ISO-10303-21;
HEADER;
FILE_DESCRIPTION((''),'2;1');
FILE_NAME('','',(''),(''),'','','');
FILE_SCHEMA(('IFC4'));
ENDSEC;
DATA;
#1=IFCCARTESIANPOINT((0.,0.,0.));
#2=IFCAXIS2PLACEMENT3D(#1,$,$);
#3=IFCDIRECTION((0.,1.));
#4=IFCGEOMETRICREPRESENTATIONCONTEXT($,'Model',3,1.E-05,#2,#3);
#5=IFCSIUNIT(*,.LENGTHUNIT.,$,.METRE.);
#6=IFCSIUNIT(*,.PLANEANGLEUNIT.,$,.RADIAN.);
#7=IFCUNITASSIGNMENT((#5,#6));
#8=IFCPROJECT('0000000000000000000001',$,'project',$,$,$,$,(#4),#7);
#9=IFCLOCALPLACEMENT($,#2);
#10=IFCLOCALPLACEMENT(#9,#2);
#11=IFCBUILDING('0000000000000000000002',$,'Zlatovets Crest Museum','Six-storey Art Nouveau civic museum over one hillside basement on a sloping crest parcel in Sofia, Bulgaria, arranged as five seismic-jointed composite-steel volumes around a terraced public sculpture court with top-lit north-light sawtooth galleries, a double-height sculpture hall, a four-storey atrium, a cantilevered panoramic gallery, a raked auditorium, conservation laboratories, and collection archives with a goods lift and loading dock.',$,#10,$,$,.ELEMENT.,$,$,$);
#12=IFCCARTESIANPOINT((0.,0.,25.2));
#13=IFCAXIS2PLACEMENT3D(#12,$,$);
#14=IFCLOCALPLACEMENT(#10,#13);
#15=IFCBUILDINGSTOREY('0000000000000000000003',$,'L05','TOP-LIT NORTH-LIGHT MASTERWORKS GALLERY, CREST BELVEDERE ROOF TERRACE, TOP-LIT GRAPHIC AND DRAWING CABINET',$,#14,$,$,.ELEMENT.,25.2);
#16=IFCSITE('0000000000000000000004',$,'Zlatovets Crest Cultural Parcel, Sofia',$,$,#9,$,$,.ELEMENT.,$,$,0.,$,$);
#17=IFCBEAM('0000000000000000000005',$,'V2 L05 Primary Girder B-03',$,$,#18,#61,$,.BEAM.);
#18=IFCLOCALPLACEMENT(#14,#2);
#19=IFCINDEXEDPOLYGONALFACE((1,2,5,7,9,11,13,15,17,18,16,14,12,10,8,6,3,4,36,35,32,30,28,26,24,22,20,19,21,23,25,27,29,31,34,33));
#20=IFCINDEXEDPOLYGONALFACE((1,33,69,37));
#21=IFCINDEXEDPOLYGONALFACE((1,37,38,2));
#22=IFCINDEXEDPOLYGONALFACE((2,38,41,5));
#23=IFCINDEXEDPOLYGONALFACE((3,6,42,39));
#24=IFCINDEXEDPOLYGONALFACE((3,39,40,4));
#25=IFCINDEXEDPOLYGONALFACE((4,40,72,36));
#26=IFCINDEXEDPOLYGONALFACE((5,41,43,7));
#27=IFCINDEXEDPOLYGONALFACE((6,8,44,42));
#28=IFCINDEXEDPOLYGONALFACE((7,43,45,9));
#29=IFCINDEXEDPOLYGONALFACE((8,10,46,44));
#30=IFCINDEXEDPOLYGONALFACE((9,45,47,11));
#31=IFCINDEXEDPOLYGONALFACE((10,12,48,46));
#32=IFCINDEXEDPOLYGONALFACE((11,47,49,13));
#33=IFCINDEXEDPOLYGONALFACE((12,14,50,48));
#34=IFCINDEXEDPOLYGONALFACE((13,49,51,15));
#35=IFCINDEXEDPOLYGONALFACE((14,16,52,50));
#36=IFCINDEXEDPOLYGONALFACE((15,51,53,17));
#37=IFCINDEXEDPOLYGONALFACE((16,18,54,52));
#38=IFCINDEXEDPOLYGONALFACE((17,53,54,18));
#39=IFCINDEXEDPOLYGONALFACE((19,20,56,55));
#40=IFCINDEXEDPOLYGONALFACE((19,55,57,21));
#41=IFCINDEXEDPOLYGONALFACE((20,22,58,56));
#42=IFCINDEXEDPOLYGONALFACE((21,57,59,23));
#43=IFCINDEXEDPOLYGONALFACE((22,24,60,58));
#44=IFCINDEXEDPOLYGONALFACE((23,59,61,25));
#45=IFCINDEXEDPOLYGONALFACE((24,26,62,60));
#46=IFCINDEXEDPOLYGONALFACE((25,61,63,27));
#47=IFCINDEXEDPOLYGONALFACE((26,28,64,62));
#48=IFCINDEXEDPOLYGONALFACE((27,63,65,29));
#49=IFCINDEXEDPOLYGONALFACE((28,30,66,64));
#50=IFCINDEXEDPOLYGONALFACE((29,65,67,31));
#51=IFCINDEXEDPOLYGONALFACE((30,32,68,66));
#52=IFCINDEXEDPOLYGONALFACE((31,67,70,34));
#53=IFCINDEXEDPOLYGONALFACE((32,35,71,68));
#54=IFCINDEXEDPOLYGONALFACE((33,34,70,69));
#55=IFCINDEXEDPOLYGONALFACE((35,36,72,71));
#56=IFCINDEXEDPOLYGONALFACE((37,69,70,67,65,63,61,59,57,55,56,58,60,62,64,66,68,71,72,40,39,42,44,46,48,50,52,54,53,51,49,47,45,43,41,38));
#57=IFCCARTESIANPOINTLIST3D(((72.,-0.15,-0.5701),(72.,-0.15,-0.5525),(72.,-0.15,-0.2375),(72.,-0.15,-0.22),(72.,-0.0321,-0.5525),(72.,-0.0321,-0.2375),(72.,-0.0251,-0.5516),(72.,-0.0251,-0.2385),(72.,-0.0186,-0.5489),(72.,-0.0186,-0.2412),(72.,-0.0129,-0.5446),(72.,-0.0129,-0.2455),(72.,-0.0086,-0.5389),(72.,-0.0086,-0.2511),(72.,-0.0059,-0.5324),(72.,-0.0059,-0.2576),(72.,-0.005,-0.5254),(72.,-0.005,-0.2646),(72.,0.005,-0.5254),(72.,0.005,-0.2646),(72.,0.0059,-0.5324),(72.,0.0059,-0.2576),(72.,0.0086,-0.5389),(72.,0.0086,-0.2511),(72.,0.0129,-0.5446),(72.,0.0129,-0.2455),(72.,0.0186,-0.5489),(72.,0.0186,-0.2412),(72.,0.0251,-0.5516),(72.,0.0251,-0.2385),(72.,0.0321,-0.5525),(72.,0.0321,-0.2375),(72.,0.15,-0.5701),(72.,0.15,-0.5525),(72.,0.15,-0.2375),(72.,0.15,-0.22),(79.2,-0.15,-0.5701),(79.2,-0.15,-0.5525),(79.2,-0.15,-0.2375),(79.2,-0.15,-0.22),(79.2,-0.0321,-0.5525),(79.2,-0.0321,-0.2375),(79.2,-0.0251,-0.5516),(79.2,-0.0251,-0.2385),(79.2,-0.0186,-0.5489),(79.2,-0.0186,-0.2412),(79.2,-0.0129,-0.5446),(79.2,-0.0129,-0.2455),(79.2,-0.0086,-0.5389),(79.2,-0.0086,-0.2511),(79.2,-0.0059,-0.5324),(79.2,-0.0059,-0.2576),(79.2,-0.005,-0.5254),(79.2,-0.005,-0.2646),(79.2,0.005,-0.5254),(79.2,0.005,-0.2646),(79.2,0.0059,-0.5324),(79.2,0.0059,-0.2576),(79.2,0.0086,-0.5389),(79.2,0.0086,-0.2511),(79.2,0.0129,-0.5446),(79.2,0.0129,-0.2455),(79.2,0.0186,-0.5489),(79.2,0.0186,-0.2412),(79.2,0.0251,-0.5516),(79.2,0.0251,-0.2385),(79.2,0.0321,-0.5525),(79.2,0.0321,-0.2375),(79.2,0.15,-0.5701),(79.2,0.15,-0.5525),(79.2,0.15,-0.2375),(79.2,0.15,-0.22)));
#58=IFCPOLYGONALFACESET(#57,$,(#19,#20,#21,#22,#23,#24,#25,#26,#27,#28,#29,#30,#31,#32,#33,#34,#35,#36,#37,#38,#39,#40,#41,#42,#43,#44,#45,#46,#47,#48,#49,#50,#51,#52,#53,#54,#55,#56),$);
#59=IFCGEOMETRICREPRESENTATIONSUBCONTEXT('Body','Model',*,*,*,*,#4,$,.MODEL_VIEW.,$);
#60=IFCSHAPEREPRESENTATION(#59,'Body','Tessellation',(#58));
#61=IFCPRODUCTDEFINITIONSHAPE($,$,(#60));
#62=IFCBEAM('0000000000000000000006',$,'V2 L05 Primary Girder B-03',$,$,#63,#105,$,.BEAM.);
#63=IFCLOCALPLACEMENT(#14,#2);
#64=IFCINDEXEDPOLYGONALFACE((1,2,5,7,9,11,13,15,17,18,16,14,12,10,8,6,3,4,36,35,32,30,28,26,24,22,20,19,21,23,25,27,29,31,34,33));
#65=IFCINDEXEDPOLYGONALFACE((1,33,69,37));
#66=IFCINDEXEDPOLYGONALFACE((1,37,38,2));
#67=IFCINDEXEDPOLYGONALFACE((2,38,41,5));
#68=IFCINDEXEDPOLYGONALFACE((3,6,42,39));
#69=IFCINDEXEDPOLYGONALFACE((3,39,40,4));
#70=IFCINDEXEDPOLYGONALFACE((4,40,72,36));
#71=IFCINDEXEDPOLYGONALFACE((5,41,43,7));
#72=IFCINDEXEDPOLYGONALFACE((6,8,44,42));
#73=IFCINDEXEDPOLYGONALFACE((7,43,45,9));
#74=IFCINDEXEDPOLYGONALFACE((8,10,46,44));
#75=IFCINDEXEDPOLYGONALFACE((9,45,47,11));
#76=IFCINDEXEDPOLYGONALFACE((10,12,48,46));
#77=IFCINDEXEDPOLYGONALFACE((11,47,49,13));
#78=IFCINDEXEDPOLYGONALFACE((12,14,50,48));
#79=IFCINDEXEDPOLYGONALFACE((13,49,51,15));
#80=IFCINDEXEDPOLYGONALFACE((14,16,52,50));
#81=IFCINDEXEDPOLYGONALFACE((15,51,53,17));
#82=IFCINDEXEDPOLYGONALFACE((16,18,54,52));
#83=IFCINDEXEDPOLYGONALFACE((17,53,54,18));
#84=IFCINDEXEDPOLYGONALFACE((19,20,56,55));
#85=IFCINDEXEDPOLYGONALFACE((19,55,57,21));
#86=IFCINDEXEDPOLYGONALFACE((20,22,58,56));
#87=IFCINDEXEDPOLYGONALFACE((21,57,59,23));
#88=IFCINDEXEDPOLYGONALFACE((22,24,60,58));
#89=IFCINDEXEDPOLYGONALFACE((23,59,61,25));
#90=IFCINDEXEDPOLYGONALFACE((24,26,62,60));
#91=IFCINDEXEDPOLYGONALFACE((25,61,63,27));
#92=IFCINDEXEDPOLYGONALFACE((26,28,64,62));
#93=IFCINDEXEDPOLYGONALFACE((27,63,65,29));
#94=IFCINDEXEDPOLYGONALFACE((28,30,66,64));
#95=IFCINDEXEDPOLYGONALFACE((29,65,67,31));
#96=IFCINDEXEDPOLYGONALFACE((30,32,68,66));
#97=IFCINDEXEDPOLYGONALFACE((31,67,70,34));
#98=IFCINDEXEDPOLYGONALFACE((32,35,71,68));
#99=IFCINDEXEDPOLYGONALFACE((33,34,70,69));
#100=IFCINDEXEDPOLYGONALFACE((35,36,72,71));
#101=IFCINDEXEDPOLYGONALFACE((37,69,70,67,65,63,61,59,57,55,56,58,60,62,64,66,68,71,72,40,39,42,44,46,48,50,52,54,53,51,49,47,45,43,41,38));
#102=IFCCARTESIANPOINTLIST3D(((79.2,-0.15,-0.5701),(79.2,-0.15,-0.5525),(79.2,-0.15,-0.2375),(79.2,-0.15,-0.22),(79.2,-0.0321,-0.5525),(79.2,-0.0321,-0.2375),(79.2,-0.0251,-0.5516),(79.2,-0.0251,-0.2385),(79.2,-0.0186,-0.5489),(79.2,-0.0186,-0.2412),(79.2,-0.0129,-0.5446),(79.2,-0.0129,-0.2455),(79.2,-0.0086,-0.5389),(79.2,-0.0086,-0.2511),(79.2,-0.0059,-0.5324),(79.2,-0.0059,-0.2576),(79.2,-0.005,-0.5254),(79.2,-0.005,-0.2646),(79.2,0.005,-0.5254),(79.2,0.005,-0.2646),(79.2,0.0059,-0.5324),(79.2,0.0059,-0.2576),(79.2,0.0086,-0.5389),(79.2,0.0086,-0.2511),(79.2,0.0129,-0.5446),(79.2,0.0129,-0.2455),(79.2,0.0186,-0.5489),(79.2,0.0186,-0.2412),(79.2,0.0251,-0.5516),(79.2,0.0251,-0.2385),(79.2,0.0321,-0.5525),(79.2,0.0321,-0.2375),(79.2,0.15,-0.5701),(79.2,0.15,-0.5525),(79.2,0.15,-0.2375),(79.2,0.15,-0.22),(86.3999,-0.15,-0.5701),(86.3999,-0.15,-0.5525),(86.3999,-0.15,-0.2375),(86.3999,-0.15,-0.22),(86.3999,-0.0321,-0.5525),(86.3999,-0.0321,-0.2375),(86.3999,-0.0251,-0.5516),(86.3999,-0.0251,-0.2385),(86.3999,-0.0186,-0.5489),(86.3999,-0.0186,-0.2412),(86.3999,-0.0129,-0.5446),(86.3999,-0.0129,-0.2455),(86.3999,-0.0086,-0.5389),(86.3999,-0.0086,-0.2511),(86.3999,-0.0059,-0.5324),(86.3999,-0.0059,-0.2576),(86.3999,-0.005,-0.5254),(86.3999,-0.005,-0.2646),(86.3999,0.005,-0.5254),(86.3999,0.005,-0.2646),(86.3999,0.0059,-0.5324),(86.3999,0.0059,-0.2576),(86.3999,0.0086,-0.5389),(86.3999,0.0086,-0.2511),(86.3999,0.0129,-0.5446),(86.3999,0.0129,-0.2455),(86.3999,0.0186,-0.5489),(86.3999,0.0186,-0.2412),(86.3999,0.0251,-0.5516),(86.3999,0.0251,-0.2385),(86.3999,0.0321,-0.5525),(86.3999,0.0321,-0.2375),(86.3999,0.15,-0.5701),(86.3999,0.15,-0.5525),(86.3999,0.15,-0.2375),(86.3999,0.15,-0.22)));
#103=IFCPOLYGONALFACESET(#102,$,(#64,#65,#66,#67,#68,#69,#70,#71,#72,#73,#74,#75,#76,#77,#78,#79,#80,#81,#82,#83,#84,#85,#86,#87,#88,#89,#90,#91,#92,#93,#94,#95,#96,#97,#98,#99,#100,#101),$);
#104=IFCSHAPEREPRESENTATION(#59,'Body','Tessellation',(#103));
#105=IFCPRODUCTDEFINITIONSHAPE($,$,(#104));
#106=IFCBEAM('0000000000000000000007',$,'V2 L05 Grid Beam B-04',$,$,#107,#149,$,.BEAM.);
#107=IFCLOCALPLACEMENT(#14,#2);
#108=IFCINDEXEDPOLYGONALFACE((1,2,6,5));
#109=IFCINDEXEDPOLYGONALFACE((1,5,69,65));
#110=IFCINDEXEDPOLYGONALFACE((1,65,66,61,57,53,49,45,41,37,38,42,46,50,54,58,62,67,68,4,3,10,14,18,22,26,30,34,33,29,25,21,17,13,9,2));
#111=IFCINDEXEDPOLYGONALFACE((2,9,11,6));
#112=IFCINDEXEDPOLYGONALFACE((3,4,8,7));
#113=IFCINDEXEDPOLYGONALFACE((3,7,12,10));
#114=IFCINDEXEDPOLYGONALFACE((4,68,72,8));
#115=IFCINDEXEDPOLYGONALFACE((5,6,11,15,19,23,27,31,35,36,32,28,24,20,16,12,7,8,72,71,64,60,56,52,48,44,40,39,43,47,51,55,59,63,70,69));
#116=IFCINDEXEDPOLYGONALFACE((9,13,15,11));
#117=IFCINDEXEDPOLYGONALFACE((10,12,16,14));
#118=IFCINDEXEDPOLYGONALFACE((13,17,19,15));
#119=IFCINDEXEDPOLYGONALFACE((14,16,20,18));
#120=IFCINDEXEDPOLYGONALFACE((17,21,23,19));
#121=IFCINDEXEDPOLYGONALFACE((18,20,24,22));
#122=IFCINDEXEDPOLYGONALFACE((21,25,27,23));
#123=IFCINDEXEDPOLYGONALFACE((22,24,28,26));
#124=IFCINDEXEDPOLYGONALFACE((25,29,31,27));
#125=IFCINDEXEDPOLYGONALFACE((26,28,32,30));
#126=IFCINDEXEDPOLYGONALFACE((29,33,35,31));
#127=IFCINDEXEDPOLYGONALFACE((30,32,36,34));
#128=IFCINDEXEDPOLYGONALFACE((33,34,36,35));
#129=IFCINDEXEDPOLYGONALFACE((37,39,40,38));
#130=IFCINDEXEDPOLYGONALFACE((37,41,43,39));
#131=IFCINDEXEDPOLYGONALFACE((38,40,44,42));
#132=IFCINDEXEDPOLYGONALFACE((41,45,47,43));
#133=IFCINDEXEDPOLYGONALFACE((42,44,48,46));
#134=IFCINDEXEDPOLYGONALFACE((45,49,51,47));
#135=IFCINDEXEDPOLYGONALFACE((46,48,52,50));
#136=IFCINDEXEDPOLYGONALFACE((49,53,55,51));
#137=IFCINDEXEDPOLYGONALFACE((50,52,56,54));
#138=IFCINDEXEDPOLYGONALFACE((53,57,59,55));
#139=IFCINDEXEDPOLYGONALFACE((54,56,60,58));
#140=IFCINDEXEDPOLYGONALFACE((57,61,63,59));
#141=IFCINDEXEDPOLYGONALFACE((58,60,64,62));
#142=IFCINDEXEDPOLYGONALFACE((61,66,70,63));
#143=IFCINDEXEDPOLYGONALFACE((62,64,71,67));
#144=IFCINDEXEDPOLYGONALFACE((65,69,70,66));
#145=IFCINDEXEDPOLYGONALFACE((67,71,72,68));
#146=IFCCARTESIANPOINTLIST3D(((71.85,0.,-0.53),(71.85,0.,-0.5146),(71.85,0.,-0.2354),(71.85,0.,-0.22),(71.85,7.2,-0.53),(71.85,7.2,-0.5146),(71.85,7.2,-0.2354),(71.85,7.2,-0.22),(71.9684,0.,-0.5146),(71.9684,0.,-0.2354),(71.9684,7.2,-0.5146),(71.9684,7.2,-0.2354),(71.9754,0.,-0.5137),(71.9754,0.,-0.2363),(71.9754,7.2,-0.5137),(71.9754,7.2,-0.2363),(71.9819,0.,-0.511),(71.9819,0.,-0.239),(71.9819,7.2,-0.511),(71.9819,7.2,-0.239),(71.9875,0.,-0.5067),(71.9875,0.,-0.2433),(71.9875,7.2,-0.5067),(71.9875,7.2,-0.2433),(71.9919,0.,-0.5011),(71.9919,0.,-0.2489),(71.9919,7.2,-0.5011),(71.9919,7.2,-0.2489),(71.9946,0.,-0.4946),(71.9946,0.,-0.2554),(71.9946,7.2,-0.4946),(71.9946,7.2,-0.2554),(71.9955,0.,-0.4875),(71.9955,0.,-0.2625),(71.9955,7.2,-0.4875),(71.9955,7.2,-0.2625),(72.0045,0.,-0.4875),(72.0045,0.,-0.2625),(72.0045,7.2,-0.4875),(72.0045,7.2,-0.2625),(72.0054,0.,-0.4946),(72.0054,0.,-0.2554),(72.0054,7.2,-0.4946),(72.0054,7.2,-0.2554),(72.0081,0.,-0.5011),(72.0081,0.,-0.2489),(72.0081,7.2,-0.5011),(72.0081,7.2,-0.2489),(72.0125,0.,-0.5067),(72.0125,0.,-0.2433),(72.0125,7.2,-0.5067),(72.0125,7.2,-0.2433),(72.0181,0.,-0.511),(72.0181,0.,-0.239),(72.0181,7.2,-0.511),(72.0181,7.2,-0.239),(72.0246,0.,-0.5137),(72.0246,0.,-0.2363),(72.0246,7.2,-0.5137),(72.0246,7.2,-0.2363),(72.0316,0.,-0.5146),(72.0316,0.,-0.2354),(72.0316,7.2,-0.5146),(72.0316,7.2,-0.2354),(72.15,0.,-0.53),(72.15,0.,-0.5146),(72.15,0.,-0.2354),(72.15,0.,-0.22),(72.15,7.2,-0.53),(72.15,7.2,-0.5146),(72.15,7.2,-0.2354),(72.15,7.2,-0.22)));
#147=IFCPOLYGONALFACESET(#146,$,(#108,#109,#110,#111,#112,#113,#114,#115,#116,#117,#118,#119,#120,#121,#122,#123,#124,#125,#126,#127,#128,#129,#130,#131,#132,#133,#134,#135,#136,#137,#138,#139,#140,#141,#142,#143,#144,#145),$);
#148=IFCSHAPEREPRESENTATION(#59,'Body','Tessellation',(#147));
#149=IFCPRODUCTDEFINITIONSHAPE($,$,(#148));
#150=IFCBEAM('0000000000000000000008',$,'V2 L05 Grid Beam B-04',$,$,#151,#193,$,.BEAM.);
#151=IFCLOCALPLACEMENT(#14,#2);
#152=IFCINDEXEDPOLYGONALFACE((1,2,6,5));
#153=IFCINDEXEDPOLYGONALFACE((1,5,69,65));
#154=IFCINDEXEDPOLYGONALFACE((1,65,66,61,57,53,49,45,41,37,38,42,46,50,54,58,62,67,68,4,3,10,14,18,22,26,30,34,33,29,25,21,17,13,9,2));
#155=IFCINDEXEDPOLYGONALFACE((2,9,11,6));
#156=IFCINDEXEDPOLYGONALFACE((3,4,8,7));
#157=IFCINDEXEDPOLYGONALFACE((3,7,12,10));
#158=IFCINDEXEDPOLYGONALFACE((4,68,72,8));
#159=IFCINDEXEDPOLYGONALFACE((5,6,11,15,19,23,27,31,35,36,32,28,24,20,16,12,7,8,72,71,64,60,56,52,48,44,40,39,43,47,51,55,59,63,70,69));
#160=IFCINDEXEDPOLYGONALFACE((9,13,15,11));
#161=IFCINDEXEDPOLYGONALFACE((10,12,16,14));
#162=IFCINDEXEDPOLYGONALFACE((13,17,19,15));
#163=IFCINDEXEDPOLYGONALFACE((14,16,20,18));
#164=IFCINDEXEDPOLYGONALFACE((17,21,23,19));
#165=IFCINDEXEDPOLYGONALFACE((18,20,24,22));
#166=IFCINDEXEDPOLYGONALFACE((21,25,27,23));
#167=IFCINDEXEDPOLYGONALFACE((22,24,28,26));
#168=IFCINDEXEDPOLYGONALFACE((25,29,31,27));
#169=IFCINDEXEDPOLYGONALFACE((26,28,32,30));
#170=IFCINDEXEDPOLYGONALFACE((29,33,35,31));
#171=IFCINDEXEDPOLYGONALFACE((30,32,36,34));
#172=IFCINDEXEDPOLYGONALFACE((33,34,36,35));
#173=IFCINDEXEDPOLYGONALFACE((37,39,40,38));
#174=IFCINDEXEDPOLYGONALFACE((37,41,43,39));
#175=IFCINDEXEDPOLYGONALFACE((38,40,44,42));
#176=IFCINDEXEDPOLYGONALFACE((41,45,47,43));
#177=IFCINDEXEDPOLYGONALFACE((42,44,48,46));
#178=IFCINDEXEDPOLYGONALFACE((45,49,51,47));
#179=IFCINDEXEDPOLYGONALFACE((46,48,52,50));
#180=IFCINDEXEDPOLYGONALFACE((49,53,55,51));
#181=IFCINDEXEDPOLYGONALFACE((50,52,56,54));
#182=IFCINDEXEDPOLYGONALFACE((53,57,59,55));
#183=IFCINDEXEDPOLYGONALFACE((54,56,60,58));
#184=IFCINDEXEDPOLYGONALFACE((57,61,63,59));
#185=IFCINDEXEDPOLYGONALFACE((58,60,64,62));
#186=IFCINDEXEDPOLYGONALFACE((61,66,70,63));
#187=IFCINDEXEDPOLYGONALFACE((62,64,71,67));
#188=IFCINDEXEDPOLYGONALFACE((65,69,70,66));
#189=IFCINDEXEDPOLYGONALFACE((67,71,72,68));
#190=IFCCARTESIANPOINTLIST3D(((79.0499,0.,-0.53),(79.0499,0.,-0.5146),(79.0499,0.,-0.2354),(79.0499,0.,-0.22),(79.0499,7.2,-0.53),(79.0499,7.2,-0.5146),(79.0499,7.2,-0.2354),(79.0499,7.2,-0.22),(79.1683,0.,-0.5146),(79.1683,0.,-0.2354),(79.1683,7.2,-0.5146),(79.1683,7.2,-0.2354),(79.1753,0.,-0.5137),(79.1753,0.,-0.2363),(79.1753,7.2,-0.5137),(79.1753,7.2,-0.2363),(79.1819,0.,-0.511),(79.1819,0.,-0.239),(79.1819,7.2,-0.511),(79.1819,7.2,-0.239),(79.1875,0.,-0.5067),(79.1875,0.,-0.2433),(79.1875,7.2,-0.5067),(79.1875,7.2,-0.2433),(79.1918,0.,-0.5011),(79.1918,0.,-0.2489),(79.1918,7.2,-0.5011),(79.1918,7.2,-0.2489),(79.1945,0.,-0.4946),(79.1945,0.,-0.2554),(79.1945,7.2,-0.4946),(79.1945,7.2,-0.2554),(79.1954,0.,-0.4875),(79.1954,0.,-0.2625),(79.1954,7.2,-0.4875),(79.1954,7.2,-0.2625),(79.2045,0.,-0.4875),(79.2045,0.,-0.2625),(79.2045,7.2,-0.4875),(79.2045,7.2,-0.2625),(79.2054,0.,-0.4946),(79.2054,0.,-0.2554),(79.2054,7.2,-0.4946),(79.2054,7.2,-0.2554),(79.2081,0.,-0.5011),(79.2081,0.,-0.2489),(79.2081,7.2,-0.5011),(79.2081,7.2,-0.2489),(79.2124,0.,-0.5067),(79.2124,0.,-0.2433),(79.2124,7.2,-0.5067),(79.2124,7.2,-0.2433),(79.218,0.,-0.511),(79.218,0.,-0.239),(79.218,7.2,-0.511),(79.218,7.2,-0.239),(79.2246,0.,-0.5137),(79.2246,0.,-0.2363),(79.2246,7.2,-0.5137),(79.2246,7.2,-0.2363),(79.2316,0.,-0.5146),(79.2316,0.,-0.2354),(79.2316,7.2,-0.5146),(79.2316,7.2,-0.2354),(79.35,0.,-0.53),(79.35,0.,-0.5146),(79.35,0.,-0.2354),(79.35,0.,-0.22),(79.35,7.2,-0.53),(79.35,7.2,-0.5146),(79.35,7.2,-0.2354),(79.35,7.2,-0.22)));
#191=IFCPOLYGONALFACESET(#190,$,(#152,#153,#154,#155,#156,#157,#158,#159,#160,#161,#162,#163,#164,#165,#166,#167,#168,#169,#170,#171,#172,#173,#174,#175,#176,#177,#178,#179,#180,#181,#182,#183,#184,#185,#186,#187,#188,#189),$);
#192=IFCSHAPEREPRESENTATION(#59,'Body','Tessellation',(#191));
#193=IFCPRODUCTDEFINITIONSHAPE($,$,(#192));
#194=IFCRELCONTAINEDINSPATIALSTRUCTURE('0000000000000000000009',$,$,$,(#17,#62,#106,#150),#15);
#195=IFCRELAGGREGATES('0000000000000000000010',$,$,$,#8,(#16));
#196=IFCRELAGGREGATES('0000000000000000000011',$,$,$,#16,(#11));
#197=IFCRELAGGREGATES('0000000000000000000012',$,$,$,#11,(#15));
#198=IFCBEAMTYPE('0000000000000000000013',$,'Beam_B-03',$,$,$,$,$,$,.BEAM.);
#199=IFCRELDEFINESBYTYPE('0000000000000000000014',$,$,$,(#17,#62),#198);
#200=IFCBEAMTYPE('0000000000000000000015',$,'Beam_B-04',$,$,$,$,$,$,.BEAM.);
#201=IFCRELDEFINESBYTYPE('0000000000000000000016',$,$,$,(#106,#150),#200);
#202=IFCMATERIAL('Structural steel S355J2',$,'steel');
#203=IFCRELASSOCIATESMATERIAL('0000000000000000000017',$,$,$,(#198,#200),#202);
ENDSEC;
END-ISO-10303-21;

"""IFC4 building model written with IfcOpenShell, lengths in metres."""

from ifc_helpers import new_model, si_unit, direction, frame, origin, origin_2d, place, context, subcontext, project, spatial, i_section, extrude, material, material_profile, profile_set, type_object, element, save


model = new_model("IFC4")

# Units and contexts
model_context = context("Model", 3, precision=1e-05, world=origin(), true_north=direction((0.0, 1.0)))
body_context = subcontext(model_context, "Body", "Model", "MODEL_VIEW")
ifc_project = project(units=[si_unit("LENGTHUNIT", "METRE"), si_unit("PLANEANGLEUNIT", "RADIAN")], contexts=[model_context])

# Site, building, storey
site_placement = place(None, origin())
site = spatial("IfcSite", under=ifc_project, at=site_placement, Name="Zlatovets Crest Cultural Parcel, Sofia", CompositionType="ELEMENT", RefElevation=0.0)
building_placement = place(site_placement, origin())
building = spatial("IfcBuilding", under=site, at=building_placement, Name="Zlatovets Crest Museum", Description="Six-storey Art Nouveau civic museum over one hillside basement on a sloping crest parcel in Sofia, Bulgaria, arranged as five seismic-jointed composite-steel volumes around a terraced public sculpture court with top-lit north-light sawtooth galleries, a double-height sculpture hall, a four-storey atrium, a cantilevered panoramic gallery, a raked auditorium, conservation laboratories, and collection archives with a goods lift and loading dock.", CompositionType="ELEMENT")
storey_placement = place(building_placement, frame((0.0, 0.0, 25.2)))
storey = spatial("IfcBuildingStorey", under=building, at=storey_placement, Name="L05", Description="TOP-LIT NORTH-LIGHT MASTERWORKS GALLERY, CREST BELVEDERE ROOF TERRACE, TOP-LIT GRAPHIC AND DRAWING CABINET", CompositionType="ELEMENT", Elevation=25.2)

# Beams
ifc_material_1 = material(Name="Structural steel S355J2", Category="steel")
ifc_material_profile_1 = material_profile(ifc_material_1, i_section(OverallWidth=0.3, OverallDepth=0.3501, WebThickness=0.01, FlangeThickness=0.0176, FilletRadius=0.0271, at=origin_2d()), Name="HEA 360")
ifc_profile_set_1 = profile_set([ifc_material_profile_1], Name="Structural steel S355J2")
beam_type_1 = type_object("IfcBeamType", Name="Beam_B-03", PredefinedType="BEAM", material=ifc_profile_set_1)
for number, where, z_axis, x_axis, name in (
    (1, (72.0, 0.0, -0.395), (1.0, 0.0, 0.0), (0.0, 1.0, 0.0), "V2 L05 Primary Girder B-03"),
    (2, (79.2, 0.0, -0.395), (1.0, 0.0, 0.0), (0.0, 1.0, 0.0), "V2 L05 Primary Girder B-03"),
):
    element("IfcBeam", number, at=place(storey_placement, frame(where, z_axis=z_axis, x_axis=x_axis)), inside=storey, type_object=beam_type_1, Name=name, PredefinedType="BEAM", context=body_context, shape_type="SweptSolid", body=[
        extrude(i_section(OverallWidth=0.3, OverallDepth=0.3501, WebThickness=0.01, FlangeThickness=0.0176, FilletRadius=0.0271, at=origin_2d()), origin(), (0.0, 0.0, 1.0), 7.2),
    ])
ifc_material_profile_2 = material_profile(ifc_material_1, i_section(OverallWidth=0.3, OverallDepth=0.3101, WebThickness=0.009, FlangeThickness=0.0154, FilletRadius=0.0271, at=origin_2d()), Name="HEA 320")
ifc_profile_set_2 = profile_set([ifc_material_profile_2], Name="Structural steel S355J2")
beam_type_2 = type_object("IfcBeamType", Name="Beam_B-04", PredefinedType="BEAM", material=ifc_profile_set_2)
for number, where, z_axis, x_axis, name in (
    (3, (72.0, 0.0, -0.375), (0.0, 1.0, 0.0), (-1.0, 0.0, 0.0), "V2 L05 Grid Beam B-04"),
    (4, (79.2, 0.0, -0.375), (0.0, 1.0, 0.0), (-1.0, 0.0, 0.0), "V2 L05 Grid Beam B-04"),
):
    element("IfcBeam", number, at=place(storey_placement, frame(where, z_axis=z_axis, x_axis=x_axis)), inside=storey, type_object=beam_type_2, Name=name, PredefinedType="BEAM", context=body_context, shape_type="SweptSolid", body=[
        extrude(i_section(OverallWidth=0.3, OverallDepth=0.3101, WebThickness=0.009, FlangeThickness=0.0154, FilletRadius=0.0271, at=origin_2d()), origin(), (0.0, 0.0, 1.0), 7.2),
    ])

save(model, "model.ifc")
